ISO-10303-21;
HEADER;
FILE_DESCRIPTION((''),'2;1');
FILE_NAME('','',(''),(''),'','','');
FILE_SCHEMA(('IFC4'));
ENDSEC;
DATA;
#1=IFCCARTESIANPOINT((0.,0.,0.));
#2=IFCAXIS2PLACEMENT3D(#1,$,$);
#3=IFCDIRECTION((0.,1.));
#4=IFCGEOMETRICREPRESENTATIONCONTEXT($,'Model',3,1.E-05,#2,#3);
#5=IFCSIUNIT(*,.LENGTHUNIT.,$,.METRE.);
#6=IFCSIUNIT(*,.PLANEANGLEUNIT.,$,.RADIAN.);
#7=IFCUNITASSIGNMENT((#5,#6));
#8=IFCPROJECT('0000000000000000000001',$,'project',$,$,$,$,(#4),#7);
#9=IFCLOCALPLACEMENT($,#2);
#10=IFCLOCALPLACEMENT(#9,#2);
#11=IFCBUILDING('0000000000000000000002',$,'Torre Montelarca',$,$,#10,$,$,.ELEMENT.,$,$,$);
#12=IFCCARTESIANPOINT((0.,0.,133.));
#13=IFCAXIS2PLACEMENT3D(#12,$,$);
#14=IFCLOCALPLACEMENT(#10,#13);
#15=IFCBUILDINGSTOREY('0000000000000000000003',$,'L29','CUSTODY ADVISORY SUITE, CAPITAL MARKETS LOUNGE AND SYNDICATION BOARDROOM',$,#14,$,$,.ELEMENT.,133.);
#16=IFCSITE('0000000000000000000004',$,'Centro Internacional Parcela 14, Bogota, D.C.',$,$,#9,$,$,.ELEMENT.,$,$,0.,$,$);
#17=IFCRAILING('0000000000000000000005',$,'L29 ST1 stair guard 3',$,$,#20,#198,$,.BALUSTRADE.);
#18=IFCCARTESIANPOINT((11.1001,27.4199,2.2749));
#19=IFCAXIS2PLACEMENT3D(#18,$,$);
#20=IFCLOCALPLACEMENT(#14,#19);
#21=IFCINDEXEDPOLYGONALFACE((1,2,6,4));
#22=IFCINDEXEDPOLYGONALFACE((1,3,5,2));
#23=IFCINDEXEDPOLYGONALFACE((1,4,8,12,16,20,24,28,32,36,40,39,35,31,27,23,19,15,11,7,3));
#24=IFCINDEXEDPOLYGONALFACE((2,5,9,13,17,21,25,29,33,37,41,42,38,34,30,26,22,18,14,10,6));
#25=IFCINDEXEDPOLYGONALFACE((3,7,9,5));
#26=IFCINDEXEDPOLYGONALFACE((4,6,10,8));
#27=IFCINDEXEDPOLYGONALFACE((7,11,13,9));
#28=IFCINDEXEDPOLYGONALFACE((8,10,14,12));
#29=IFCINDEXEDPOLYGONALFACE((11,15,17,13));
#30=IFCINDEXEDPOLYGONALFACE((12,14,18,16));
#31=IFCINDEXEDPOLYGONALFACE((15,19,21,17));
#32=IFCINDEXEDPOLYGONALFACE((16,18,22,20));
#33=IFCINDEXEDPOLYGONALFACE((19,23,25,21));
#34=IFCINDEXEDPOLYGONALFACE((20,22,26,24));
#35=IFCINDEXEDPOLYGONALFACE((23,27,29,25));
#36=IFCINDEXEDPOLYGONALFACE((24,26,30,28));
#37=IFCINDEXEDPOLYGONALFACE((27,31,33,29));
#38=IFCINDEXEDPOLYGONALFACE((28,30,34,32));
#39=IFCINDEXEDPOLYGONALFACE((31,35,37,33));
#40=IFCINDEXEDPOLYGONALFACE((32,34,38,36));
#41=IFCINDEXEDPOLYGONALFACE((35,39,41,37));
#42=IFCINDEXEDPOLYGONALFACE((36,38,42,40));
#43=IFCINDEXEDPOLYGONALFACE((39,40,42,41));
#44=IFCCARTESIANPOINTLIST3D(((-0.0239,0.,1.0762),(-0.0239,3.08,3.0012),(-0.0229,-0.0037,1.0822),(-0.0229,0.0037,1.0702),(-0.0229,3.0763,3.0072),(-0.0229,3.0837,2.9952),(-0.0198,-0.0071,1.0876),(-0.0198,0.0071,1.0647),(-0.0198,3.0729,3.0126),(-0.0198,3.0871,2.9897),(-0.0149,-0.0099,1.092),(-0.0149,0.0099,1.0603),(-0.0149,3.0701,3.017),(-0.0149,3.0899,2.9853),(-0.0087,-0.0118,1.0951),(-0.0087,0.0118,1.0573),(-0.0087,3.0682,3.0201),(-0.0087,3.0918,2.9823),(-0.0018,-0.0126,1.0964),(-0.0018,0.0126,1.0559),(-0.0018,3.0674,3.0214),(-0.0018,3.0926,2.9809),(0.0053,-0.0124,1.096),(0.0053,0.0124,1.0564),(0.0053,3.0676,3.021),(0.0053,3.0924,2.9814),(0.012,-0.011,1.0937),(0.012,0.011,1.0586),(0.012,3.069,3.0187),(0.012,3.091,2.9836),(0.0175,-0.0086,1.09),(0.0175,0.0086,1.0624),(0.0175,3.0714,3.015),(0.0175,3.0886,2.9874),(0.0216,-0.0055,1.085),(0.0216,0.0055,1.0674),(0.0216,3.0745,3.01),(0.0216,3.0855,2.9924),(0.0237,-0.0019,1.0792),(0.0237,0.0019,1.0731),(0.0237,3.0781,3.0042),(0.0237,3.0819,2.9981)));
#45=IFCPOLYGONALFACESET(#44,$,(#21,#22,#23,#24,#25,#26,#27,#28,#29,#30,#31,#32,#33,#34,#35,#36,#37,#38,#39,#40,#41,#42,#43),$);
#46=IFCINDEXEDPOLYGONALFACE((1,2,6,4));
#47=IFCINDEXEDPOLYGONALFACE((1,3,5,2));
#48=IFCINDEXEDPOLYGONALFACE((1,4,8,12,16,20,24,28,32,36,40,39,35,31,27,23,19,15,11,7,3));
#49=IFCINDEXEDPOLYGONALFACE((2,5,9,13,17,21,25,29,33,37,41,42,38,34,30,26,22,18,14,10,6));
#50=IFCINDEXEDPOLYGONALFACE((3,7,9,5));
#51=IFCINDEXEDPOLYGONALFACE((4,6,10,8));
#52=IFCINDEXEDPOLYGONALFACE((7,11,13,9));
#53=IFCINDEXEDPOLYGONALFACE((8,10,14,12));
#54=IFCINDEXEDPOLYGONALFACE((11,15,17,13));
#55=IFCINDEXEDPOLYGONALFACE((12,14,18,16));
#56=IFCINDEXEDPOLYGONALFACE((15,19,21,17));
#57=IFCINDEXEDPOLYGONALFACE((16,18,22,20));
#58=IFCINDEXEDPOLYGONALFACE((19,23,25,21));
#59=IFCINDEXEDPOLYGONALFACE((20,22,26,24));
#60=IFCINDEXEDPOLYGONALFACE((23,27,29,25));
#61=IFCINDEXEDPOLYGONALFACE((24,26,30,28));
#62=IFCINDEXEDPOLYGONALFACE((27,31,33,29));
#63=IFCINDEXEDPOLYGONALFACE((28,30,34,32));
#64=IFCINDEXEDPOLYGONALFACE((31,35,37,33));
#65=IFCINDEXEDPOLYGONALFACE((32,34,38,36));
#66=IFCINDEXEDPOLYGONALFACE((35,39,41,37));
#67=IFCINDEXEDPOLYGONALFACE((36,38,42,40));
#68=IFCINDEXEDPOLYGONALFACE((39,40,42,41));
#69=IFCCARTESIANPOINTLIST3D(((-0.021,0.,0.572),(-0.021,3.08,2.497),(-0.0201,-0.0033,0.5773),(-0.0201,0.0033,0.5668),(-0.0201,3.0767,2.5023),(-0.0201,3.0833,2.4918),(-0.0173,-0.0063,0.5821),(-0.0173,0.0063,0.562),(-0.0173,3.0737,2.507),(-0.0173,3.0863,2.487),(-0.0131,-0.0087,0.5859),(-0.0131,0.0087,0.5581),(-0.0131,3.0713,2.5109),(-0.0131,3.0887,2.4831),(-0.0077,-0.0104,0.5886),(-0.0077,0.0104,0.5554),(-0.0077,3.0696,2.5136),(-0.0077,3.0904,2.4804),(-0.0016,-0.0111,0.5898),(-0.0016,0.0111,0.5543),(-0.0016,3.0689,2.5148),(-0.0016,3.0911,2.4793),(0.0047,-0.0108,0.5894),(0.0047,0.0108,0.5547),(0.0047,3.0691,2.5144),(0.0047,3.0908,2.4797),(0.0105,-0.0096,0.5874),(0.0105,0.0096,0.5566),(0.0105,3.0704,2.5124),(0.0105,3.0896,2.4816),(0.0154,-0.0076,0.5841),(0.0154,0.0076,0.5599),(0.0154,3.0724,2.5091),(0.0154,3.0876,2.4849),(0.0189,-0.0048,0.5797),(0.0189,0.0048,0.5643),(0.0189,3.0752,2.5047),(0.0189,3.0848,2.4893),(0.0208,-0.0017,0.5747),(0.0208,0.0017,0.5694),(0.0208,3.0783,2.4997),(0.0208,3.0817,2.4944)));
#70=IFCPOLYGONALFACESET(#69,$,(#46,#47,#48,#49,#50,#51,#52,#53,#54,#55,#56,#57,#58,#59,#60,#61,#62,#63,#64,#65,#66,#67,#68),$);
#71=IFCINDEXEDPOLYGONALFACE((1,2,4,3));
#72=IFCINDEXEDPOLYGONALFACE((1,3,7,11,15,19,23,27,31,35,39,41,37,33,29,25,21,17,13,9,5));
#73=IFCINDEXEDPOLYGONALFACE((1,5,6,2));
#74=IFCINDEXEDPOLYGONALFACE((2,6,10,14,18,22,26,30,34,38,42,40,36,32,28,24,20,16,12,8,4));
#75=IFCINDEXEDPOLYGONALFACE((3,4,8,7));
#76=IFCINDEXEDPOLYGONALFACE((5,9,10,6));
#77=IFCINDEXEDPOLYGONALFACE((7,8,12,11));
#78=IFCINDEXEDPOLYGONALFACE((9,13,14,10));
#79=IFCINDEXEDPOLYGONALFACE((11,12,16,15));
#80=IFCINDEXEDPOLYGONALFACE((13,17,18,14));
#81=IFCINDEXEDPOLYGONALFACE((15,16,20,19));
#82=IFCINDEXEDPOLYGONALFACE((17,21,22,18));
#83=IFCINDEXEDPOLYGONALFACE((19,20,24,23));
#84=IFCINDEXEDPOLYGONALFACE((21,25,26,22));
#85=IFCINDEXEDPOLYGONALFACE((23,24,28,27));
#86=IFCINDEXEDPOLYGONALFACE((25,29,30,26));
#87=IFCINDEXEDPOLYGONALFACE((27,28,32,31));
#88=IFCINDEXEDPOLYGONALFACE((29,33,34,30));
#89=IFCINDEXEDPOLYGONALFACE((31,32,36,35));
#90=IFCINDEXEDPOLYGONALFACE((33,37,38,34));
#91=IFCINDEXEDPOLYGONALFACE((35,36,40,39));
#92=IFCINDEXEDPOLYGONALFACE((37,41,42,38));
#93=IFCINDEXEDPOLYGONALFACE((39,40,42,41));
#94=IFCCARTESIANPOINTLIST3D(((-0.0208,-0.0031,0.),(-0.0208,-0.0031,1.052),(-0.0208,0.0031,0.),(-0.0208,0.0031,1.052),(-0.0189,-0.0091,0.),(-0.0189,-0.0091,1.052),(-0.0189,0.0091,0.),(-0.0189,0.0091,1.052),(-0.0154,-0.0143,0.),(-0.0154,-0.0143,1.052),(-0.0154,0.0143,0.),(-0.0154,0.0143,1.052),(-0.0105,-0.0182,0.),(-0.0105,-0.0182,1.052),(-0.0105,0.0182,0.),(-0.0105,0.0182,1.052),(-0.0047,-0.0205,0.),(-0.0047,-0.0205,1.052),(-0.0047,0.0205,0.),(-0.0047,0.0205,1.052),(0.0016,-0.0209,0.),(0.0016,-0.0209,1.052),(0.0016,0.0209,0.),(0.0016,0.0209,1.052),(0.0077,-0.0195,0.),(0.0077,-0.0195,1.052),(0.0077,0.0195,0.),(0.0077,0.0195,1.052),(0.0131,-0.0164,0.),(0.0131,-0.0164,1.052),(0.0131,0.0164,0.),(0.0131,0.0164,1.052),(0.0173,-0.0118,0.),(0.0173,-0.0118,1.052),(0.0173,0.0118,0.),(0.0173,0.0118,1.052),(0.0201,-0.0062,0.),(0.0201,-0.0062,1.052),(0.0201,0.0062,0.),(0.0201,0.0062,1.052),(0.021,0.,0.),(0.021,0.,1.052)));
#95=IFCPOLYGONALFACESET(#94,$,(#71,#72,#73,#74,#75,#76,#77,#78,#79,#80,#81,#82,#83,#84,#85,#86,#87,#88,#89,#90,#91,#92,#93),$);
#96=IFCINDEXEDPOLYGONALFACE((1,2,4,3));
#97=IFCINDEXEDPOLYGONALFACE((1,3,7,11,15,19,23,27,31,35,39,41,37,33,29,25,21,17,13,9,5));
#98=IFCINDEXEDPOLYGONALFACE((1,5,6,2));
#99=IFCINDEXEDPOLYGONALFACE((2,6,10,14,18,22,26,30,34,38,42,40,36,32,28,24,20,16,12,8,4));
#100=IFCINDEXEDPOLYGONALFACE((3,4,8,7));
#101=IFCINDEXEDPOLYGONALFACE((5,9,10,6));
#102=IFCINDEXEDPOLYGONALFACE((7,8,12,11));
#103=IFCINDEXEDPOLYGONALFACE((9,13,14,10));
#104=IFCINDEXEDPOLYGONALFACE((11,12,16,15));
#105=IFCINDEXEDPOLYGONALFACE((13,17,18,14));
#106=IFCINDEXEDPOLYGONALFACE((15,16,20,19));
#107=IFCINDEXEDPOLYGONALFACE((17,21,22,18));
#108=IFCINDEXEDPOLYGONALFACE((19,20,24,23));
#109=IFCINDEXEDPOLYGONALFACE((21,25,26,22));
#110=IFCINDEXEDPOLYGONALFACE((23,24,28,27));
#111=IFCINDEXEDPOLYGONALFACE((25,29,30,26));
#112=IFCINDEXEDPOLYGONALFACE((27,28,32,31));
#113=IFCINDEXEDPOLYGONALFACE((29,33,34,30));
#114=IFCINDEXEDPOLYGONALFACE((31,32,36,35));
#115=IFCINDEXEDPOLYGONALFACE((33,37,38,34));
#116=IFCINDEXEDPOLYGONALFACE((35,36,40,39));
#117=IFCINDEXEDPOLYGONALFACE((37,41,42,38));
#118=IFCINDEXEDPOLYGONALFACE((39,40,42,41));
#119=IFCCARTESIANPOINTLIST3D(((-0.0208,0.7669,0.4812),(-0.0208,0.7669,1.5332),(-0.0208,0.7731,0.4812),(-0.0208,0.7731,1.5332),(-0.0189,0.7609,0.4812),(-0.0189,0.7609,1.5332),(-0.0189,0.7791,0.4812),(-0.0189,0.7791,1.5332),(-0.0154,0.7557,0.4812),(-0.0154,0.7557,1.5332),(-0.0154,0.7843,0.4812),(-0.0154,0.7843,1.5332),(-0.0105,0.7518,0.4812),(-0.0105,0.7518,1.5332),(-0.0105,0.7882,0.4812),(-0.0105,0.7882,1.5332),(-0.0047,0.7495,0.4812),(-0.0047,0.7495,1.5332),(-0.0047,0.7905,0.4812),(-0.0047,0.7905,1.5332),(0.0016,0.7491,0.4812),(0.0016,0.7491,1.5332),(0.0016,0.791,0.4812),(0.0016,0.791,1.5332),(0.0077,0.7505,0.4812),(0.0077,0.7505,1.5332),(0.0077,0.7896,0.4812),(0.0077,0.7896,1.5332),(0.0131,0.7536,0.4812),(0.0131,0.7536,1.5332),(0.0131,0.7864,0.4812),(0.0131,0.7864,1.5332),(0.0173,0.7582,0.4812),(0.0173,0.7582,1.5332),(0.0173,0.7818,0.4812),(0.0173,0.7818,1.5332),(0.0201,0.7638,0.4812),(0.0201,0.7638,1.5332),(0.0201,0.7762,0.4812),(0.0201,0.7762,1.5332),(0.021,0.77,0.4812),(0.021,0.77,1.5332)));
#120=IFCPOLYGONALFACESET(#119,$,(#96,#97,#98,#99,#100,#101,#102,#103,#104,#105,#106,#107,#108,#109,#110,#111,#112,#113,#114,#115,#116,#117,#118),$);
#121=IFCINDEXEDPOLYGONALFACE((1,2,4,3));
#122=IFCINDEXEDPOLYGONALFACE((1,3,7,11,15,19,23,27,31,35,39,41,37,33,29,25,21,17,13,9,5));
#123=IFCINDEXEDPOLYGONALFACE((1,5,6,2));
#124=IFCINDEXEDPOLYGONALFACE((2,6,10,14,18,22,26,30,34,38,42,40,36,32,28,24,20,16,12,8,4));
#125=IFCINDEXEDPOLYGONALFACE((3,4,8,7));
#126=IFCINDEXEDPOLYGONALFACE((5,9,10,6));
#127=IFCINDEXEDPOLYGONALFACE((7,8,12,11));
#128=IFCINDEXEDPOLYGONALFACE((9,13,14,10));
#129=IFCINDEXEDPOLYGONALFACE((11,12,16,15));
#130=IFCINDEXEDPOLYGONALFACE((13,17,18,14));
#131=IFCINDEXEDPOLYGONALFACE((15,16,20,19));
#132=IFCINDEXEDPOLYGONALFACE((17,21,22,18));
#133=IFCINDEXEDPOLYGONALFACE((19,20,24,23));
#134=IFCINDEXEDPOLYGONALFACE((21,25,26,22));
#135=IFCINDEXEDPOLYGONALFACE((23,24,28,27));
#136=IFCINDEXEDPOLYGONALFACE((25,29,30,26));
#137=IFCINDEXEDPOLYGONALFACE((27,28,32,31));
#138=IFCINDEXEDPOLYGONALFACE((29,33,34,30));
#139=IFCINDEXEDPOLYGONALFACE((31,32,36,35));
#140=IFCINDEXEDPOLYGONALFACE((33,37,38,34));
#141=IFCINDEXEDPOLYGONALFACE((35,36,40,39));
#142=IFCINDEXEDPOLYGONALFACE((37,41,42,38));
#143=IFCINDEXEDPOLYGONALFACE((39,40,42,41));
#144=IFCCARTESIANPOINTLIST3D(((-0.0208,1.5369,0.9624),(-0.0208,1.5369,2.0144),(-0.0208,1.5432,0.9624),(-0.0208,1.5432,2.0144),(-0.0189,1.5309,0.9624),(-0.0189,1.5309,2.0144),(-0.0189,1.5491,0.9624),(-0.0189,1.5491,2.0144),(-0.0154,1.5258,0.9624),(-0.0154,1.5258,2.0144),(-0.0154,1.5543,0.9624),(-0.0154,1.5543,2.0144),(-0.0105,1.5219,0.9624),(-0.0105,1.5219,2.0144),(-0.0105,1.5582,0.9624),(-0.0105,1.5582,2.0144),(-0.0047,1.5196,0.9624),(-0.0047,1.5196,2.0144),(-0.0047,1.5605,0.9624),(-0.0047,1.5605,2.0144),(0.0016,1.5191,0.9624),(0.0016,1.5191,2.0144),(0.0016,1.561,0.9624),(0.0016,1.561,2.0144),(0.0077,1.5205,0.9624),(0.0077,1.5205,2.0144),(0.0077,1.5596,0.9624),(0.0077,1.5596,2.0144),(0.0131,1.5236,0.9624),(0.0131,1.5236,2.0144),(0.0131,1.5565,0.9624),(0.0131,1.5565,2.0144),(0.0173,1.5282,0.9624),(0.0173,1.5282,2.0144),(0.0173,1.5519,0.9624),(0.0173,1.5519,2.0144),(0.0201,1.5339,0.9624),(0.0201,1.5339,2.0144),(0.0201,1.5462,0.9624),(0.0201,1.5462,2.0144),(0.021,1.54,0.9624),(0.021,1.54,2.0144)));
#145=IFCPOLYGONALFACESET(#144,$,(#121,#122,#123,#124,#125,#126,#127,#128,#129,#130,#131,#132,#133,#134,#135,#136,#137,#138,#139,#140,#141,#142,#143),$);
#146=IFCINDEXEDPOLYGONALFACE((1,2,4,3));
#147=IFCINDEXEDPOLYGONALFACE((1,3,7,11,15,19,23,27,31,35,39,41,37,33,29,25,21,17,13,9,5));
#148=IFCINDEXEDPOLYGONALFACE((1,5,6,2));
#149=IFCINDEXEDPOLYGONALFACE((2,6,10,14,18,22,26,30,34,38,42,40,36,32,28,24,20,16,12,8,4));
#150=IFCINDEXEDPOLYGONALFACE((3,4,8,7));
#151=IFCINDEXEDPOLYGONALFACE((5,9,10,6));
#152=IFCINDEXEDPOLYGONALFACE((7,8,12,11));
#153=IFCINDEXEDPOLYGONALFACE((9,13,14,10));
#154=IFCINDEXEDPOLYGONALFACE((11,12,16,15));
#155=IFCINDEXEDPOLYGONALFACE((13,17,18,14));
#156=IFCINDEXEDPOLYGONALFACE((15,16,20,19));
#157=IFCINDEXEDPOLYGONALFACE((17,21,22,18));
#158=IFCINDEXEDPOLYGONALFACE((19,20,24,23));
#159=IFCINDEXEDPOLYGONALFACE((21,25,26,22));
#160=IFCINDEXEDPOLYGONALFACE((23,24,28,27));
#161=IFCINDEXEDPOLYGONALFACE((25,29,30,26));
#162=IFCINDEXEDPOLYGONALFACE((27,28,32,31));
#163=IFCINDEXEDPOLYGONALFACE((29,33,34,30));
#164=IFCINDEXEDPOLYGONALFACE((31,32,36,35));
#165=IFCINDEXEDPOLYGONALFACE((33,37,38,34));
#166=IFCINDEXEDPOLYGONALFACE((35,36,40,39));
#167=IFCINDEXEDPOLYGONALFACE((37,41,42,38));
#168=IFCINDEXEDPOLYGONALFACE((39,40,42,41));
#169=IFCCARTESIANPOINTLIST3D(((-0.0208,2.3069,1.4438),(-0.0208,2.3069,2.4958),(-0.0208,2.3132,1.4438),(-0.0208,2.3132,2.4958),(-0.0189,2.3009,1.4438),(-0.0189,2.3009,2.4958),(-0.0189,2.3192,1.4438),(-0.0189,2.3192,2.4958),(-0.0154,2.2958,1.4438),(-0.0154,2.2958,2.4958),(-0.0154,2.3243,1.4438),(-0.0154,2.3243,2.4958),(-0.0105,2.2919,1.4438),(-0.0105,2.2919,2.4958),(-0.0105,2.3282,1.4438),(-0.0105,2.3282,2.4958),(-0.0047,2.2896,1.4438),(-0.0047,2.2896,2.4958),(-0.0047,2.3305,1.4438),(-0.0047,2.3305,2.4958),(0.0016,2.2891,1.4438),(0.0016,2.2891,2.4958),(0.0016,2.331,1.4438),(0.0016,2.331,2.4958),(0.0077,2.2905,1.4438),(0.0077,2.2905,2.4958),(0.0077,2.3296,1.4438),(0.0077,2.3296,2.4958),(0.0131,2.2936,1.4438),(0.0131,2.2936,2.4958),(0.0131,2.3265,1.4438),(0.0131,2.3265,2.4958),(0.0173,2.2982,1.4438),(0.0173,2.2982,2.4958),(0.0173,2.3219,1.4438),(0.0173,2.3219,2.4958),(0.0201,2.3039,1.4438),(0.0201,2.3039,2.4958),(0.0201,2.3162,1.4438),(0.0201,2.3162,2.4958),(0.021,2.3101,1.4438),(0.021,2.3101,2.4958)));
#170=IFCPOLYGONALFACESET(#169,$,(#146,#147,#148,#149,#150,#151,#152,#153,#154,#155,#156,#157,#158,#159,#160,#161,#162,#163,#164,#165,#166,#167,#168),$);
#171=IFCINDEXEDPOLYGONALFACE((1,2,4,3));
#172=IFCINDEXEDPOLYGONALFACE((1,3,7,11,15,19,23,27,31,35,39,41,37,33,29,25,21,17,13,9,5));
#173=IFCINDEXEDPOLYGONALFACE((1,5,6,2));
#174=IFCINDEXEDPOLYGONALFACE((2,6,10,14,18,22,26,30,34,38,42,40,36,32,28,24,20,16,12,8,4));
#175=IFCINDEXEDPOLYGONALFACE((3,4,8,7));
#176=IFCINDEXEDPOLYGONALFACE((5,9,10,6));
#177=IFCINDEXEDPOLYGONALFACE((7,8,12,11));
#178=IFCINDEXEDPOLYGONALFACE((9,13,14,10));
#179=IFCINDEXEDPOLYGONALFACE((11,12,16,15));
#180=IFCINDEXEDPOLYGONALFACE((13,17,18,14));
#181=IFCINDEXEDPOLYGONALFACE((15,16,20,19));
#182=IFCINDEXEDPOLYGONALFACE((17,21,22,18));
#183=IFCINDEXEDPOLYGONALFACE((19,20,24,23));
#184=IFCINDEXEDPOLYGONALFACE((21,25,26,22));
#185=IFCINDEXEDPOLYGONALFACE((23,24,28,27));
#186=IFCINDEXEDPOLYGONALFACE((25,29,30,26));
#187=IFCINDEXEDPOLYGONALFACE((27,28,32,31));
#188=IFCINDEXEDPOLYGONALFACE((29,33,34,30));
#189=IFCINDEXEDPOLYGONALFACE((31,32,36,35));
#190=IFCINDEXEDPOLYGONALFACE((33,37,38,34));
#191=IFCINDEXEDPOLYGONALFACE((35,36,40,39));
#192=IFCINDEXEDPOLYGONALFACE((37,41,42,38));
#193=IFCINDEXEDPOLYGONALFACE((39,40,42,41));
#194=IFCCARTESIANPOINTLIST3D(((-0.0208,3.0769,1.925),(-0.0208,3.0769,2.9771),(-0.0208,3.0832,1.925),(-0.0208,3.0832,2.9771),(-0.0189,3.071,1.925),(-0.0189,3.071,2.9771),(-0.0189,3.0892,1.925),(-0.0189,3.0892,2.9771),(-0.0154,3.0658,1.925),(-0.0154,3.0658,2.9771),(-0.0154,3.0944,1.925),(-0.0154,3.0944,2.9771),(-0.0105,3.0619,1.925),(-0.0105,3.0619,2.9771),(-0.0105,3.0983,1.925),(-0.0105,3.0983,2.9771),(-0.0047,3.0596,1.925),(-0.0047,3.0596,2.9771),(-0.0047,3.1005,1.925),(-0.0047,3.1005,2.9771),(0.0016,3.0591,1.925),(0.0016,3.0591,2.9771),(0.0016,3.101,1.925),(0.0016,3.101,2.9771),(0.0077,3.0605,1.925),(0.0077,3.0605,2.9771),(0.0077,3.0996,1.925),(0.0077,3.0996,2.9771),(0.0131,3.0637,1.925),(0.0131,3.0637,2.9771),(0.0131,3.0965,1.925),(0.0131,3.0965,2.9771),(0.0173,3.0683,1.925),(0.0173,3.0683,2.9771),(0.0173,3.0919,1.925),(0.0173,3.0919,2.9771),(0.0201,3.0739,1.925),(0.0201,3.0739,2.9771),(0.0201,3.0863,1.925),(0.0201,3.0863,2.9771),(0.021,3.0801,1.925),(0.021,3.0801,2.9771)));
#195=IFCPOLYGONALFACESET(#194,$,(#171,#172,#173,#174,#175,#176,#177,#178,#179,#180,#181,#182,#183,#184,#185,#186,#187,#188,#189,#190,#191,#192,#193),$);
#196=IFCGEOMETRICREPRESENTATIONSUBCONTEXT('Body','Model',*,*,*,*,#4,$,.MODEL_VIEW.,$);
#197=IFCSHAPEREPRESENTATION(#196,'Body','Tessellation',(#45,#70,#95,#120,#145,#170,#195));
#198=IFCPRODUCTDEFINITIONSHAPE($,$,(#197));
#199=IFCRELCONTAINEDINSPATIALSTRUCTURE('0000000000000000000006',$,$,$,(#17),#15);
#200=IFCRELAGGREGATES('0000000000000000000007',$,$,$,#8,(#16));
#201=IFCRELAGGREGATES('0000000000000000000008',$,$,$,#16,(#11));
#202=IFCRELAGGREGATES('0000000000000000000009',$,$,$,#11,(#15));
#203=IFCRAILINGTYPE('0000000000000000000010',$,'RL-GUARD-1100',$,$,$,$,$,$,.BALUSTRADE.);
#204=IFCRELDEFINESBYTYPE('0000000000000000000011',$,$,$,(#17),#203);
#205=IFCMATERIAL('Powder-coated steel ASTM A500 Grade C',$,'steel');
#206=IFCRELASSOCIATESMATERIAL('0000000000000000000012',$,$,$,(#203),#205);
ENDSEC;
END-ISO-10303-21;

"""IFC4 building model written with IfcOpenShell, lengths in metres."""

from ifc_helpers import new_model, si_unit, direction, frame, origin, origin_2d, place, context, subcontext, project, spatial, circle, extrude, material, type_object, element, save


model = new_model("IFC4")

# Units and contexts
model_context = context("Model", 3, precision=1e-05, world=origin(), true_north=direction((0.0, 1.0)))
body_context = subcontext(model_context, "Body", "Model", "MODEL_VIEW")
ifc_project = project(units=[si_unit("LENGTHUNIT", "METRE"), si_unit("PLANEANGLEUNIT", "RADIAN")], contexts=[model_context])

# Site, building, storey
site_placement = place(None, origin())
site = spatial("IfcSite", under=ifc_project, at=site_placement, Name="Centro Internacional Parcela 14, Bogota, D.C.", CompositionType="ELEMENT", RefElevation=0.0)
building_placement = place(site_placement, origin())
building = spatial("IfcBuilding", under=site, at=building_placement, Name="Torre Montelarca", CompositionType="ELEMENT")
storey_placement = place(building_placement, frame((0.0, 0.0, 133.0)))
storey = spatial("IfcBuildingStorey", under=building, at=storey_placement, Name="L29", Description="CUSTODY ADVISORY SUITE, CAPITAL MARKETS LOUNGE AND SYNDICATION BOARDROOM", CompositionType="ELEMENT", Elevation=133.0)

# Railing
ifc_material_1 = material(Name="Powder-coated steel ASTM A500 Grade C", Category="steel")
railing_type_1 = type_object("IfcRailingType", Name="RL-GUARD-1100", PredefinedType="BALUSTRADE", material=ifc_material_1)
railing_1_placement = place(storey_placement, frame((11.1001, 27.4199, 2.2749)))
element("IfcRailing", 1, at=railing_1_placement, inside=storey, type_object=railing_type_1, Name="L29 ST1 stair guard 3", PredefinedType="BALUSTRADE", context=body_context, shape_type="SweptSolid", body=[
    extrude(circle(Radius=0.0239, at=origin_2d()), frame((0.0, 0.0, 1.0762), z_axis=(0.0, 0.847998, 0.529999), x_axis=(-1.0, 0.0, 0.0)), (0.0, 0.0, 1.0), 3.6321),
    extrude(circle(Radius=0.021, at=origin_2d()), frame((0.0, 0.0, 0.572), z_axis=(0.0, 0.847998, 0.529999), x_axis=(-1.0, 0.0, 0.0)), (0.0, 0.0, 1.0), 3.6321),
    extrude(circle(Radius=0.021, at=origin_2d()), origin(), (0.0, 0.0, 1.0), 1.052),
    extrude(circle(Radius=0.021, at=origin_2d()), frame((0.0, 0.77, 0.4812)), (0.0, 0.0, 1.0), 1.052),
    extrude(circle(Radius=0.021, at=origin_2d()), frame((0.0, 1.54, 0.9624)), (0.0, 0.0, 1.0), 1.052),
    extrude(circle(Radius=0.021, at=origin_2d()), frame((0.0, 2.3101, 1.4438)), (0.0, 0.0, 1.0), 1.052),
    extrude(circle(Radius=0.021, at=origin_2d()), frame((0.0, 3.0801, 1.925)), (0.0, 0.0, 1.0), 1.052),
])

save(model, "model.ifc")
